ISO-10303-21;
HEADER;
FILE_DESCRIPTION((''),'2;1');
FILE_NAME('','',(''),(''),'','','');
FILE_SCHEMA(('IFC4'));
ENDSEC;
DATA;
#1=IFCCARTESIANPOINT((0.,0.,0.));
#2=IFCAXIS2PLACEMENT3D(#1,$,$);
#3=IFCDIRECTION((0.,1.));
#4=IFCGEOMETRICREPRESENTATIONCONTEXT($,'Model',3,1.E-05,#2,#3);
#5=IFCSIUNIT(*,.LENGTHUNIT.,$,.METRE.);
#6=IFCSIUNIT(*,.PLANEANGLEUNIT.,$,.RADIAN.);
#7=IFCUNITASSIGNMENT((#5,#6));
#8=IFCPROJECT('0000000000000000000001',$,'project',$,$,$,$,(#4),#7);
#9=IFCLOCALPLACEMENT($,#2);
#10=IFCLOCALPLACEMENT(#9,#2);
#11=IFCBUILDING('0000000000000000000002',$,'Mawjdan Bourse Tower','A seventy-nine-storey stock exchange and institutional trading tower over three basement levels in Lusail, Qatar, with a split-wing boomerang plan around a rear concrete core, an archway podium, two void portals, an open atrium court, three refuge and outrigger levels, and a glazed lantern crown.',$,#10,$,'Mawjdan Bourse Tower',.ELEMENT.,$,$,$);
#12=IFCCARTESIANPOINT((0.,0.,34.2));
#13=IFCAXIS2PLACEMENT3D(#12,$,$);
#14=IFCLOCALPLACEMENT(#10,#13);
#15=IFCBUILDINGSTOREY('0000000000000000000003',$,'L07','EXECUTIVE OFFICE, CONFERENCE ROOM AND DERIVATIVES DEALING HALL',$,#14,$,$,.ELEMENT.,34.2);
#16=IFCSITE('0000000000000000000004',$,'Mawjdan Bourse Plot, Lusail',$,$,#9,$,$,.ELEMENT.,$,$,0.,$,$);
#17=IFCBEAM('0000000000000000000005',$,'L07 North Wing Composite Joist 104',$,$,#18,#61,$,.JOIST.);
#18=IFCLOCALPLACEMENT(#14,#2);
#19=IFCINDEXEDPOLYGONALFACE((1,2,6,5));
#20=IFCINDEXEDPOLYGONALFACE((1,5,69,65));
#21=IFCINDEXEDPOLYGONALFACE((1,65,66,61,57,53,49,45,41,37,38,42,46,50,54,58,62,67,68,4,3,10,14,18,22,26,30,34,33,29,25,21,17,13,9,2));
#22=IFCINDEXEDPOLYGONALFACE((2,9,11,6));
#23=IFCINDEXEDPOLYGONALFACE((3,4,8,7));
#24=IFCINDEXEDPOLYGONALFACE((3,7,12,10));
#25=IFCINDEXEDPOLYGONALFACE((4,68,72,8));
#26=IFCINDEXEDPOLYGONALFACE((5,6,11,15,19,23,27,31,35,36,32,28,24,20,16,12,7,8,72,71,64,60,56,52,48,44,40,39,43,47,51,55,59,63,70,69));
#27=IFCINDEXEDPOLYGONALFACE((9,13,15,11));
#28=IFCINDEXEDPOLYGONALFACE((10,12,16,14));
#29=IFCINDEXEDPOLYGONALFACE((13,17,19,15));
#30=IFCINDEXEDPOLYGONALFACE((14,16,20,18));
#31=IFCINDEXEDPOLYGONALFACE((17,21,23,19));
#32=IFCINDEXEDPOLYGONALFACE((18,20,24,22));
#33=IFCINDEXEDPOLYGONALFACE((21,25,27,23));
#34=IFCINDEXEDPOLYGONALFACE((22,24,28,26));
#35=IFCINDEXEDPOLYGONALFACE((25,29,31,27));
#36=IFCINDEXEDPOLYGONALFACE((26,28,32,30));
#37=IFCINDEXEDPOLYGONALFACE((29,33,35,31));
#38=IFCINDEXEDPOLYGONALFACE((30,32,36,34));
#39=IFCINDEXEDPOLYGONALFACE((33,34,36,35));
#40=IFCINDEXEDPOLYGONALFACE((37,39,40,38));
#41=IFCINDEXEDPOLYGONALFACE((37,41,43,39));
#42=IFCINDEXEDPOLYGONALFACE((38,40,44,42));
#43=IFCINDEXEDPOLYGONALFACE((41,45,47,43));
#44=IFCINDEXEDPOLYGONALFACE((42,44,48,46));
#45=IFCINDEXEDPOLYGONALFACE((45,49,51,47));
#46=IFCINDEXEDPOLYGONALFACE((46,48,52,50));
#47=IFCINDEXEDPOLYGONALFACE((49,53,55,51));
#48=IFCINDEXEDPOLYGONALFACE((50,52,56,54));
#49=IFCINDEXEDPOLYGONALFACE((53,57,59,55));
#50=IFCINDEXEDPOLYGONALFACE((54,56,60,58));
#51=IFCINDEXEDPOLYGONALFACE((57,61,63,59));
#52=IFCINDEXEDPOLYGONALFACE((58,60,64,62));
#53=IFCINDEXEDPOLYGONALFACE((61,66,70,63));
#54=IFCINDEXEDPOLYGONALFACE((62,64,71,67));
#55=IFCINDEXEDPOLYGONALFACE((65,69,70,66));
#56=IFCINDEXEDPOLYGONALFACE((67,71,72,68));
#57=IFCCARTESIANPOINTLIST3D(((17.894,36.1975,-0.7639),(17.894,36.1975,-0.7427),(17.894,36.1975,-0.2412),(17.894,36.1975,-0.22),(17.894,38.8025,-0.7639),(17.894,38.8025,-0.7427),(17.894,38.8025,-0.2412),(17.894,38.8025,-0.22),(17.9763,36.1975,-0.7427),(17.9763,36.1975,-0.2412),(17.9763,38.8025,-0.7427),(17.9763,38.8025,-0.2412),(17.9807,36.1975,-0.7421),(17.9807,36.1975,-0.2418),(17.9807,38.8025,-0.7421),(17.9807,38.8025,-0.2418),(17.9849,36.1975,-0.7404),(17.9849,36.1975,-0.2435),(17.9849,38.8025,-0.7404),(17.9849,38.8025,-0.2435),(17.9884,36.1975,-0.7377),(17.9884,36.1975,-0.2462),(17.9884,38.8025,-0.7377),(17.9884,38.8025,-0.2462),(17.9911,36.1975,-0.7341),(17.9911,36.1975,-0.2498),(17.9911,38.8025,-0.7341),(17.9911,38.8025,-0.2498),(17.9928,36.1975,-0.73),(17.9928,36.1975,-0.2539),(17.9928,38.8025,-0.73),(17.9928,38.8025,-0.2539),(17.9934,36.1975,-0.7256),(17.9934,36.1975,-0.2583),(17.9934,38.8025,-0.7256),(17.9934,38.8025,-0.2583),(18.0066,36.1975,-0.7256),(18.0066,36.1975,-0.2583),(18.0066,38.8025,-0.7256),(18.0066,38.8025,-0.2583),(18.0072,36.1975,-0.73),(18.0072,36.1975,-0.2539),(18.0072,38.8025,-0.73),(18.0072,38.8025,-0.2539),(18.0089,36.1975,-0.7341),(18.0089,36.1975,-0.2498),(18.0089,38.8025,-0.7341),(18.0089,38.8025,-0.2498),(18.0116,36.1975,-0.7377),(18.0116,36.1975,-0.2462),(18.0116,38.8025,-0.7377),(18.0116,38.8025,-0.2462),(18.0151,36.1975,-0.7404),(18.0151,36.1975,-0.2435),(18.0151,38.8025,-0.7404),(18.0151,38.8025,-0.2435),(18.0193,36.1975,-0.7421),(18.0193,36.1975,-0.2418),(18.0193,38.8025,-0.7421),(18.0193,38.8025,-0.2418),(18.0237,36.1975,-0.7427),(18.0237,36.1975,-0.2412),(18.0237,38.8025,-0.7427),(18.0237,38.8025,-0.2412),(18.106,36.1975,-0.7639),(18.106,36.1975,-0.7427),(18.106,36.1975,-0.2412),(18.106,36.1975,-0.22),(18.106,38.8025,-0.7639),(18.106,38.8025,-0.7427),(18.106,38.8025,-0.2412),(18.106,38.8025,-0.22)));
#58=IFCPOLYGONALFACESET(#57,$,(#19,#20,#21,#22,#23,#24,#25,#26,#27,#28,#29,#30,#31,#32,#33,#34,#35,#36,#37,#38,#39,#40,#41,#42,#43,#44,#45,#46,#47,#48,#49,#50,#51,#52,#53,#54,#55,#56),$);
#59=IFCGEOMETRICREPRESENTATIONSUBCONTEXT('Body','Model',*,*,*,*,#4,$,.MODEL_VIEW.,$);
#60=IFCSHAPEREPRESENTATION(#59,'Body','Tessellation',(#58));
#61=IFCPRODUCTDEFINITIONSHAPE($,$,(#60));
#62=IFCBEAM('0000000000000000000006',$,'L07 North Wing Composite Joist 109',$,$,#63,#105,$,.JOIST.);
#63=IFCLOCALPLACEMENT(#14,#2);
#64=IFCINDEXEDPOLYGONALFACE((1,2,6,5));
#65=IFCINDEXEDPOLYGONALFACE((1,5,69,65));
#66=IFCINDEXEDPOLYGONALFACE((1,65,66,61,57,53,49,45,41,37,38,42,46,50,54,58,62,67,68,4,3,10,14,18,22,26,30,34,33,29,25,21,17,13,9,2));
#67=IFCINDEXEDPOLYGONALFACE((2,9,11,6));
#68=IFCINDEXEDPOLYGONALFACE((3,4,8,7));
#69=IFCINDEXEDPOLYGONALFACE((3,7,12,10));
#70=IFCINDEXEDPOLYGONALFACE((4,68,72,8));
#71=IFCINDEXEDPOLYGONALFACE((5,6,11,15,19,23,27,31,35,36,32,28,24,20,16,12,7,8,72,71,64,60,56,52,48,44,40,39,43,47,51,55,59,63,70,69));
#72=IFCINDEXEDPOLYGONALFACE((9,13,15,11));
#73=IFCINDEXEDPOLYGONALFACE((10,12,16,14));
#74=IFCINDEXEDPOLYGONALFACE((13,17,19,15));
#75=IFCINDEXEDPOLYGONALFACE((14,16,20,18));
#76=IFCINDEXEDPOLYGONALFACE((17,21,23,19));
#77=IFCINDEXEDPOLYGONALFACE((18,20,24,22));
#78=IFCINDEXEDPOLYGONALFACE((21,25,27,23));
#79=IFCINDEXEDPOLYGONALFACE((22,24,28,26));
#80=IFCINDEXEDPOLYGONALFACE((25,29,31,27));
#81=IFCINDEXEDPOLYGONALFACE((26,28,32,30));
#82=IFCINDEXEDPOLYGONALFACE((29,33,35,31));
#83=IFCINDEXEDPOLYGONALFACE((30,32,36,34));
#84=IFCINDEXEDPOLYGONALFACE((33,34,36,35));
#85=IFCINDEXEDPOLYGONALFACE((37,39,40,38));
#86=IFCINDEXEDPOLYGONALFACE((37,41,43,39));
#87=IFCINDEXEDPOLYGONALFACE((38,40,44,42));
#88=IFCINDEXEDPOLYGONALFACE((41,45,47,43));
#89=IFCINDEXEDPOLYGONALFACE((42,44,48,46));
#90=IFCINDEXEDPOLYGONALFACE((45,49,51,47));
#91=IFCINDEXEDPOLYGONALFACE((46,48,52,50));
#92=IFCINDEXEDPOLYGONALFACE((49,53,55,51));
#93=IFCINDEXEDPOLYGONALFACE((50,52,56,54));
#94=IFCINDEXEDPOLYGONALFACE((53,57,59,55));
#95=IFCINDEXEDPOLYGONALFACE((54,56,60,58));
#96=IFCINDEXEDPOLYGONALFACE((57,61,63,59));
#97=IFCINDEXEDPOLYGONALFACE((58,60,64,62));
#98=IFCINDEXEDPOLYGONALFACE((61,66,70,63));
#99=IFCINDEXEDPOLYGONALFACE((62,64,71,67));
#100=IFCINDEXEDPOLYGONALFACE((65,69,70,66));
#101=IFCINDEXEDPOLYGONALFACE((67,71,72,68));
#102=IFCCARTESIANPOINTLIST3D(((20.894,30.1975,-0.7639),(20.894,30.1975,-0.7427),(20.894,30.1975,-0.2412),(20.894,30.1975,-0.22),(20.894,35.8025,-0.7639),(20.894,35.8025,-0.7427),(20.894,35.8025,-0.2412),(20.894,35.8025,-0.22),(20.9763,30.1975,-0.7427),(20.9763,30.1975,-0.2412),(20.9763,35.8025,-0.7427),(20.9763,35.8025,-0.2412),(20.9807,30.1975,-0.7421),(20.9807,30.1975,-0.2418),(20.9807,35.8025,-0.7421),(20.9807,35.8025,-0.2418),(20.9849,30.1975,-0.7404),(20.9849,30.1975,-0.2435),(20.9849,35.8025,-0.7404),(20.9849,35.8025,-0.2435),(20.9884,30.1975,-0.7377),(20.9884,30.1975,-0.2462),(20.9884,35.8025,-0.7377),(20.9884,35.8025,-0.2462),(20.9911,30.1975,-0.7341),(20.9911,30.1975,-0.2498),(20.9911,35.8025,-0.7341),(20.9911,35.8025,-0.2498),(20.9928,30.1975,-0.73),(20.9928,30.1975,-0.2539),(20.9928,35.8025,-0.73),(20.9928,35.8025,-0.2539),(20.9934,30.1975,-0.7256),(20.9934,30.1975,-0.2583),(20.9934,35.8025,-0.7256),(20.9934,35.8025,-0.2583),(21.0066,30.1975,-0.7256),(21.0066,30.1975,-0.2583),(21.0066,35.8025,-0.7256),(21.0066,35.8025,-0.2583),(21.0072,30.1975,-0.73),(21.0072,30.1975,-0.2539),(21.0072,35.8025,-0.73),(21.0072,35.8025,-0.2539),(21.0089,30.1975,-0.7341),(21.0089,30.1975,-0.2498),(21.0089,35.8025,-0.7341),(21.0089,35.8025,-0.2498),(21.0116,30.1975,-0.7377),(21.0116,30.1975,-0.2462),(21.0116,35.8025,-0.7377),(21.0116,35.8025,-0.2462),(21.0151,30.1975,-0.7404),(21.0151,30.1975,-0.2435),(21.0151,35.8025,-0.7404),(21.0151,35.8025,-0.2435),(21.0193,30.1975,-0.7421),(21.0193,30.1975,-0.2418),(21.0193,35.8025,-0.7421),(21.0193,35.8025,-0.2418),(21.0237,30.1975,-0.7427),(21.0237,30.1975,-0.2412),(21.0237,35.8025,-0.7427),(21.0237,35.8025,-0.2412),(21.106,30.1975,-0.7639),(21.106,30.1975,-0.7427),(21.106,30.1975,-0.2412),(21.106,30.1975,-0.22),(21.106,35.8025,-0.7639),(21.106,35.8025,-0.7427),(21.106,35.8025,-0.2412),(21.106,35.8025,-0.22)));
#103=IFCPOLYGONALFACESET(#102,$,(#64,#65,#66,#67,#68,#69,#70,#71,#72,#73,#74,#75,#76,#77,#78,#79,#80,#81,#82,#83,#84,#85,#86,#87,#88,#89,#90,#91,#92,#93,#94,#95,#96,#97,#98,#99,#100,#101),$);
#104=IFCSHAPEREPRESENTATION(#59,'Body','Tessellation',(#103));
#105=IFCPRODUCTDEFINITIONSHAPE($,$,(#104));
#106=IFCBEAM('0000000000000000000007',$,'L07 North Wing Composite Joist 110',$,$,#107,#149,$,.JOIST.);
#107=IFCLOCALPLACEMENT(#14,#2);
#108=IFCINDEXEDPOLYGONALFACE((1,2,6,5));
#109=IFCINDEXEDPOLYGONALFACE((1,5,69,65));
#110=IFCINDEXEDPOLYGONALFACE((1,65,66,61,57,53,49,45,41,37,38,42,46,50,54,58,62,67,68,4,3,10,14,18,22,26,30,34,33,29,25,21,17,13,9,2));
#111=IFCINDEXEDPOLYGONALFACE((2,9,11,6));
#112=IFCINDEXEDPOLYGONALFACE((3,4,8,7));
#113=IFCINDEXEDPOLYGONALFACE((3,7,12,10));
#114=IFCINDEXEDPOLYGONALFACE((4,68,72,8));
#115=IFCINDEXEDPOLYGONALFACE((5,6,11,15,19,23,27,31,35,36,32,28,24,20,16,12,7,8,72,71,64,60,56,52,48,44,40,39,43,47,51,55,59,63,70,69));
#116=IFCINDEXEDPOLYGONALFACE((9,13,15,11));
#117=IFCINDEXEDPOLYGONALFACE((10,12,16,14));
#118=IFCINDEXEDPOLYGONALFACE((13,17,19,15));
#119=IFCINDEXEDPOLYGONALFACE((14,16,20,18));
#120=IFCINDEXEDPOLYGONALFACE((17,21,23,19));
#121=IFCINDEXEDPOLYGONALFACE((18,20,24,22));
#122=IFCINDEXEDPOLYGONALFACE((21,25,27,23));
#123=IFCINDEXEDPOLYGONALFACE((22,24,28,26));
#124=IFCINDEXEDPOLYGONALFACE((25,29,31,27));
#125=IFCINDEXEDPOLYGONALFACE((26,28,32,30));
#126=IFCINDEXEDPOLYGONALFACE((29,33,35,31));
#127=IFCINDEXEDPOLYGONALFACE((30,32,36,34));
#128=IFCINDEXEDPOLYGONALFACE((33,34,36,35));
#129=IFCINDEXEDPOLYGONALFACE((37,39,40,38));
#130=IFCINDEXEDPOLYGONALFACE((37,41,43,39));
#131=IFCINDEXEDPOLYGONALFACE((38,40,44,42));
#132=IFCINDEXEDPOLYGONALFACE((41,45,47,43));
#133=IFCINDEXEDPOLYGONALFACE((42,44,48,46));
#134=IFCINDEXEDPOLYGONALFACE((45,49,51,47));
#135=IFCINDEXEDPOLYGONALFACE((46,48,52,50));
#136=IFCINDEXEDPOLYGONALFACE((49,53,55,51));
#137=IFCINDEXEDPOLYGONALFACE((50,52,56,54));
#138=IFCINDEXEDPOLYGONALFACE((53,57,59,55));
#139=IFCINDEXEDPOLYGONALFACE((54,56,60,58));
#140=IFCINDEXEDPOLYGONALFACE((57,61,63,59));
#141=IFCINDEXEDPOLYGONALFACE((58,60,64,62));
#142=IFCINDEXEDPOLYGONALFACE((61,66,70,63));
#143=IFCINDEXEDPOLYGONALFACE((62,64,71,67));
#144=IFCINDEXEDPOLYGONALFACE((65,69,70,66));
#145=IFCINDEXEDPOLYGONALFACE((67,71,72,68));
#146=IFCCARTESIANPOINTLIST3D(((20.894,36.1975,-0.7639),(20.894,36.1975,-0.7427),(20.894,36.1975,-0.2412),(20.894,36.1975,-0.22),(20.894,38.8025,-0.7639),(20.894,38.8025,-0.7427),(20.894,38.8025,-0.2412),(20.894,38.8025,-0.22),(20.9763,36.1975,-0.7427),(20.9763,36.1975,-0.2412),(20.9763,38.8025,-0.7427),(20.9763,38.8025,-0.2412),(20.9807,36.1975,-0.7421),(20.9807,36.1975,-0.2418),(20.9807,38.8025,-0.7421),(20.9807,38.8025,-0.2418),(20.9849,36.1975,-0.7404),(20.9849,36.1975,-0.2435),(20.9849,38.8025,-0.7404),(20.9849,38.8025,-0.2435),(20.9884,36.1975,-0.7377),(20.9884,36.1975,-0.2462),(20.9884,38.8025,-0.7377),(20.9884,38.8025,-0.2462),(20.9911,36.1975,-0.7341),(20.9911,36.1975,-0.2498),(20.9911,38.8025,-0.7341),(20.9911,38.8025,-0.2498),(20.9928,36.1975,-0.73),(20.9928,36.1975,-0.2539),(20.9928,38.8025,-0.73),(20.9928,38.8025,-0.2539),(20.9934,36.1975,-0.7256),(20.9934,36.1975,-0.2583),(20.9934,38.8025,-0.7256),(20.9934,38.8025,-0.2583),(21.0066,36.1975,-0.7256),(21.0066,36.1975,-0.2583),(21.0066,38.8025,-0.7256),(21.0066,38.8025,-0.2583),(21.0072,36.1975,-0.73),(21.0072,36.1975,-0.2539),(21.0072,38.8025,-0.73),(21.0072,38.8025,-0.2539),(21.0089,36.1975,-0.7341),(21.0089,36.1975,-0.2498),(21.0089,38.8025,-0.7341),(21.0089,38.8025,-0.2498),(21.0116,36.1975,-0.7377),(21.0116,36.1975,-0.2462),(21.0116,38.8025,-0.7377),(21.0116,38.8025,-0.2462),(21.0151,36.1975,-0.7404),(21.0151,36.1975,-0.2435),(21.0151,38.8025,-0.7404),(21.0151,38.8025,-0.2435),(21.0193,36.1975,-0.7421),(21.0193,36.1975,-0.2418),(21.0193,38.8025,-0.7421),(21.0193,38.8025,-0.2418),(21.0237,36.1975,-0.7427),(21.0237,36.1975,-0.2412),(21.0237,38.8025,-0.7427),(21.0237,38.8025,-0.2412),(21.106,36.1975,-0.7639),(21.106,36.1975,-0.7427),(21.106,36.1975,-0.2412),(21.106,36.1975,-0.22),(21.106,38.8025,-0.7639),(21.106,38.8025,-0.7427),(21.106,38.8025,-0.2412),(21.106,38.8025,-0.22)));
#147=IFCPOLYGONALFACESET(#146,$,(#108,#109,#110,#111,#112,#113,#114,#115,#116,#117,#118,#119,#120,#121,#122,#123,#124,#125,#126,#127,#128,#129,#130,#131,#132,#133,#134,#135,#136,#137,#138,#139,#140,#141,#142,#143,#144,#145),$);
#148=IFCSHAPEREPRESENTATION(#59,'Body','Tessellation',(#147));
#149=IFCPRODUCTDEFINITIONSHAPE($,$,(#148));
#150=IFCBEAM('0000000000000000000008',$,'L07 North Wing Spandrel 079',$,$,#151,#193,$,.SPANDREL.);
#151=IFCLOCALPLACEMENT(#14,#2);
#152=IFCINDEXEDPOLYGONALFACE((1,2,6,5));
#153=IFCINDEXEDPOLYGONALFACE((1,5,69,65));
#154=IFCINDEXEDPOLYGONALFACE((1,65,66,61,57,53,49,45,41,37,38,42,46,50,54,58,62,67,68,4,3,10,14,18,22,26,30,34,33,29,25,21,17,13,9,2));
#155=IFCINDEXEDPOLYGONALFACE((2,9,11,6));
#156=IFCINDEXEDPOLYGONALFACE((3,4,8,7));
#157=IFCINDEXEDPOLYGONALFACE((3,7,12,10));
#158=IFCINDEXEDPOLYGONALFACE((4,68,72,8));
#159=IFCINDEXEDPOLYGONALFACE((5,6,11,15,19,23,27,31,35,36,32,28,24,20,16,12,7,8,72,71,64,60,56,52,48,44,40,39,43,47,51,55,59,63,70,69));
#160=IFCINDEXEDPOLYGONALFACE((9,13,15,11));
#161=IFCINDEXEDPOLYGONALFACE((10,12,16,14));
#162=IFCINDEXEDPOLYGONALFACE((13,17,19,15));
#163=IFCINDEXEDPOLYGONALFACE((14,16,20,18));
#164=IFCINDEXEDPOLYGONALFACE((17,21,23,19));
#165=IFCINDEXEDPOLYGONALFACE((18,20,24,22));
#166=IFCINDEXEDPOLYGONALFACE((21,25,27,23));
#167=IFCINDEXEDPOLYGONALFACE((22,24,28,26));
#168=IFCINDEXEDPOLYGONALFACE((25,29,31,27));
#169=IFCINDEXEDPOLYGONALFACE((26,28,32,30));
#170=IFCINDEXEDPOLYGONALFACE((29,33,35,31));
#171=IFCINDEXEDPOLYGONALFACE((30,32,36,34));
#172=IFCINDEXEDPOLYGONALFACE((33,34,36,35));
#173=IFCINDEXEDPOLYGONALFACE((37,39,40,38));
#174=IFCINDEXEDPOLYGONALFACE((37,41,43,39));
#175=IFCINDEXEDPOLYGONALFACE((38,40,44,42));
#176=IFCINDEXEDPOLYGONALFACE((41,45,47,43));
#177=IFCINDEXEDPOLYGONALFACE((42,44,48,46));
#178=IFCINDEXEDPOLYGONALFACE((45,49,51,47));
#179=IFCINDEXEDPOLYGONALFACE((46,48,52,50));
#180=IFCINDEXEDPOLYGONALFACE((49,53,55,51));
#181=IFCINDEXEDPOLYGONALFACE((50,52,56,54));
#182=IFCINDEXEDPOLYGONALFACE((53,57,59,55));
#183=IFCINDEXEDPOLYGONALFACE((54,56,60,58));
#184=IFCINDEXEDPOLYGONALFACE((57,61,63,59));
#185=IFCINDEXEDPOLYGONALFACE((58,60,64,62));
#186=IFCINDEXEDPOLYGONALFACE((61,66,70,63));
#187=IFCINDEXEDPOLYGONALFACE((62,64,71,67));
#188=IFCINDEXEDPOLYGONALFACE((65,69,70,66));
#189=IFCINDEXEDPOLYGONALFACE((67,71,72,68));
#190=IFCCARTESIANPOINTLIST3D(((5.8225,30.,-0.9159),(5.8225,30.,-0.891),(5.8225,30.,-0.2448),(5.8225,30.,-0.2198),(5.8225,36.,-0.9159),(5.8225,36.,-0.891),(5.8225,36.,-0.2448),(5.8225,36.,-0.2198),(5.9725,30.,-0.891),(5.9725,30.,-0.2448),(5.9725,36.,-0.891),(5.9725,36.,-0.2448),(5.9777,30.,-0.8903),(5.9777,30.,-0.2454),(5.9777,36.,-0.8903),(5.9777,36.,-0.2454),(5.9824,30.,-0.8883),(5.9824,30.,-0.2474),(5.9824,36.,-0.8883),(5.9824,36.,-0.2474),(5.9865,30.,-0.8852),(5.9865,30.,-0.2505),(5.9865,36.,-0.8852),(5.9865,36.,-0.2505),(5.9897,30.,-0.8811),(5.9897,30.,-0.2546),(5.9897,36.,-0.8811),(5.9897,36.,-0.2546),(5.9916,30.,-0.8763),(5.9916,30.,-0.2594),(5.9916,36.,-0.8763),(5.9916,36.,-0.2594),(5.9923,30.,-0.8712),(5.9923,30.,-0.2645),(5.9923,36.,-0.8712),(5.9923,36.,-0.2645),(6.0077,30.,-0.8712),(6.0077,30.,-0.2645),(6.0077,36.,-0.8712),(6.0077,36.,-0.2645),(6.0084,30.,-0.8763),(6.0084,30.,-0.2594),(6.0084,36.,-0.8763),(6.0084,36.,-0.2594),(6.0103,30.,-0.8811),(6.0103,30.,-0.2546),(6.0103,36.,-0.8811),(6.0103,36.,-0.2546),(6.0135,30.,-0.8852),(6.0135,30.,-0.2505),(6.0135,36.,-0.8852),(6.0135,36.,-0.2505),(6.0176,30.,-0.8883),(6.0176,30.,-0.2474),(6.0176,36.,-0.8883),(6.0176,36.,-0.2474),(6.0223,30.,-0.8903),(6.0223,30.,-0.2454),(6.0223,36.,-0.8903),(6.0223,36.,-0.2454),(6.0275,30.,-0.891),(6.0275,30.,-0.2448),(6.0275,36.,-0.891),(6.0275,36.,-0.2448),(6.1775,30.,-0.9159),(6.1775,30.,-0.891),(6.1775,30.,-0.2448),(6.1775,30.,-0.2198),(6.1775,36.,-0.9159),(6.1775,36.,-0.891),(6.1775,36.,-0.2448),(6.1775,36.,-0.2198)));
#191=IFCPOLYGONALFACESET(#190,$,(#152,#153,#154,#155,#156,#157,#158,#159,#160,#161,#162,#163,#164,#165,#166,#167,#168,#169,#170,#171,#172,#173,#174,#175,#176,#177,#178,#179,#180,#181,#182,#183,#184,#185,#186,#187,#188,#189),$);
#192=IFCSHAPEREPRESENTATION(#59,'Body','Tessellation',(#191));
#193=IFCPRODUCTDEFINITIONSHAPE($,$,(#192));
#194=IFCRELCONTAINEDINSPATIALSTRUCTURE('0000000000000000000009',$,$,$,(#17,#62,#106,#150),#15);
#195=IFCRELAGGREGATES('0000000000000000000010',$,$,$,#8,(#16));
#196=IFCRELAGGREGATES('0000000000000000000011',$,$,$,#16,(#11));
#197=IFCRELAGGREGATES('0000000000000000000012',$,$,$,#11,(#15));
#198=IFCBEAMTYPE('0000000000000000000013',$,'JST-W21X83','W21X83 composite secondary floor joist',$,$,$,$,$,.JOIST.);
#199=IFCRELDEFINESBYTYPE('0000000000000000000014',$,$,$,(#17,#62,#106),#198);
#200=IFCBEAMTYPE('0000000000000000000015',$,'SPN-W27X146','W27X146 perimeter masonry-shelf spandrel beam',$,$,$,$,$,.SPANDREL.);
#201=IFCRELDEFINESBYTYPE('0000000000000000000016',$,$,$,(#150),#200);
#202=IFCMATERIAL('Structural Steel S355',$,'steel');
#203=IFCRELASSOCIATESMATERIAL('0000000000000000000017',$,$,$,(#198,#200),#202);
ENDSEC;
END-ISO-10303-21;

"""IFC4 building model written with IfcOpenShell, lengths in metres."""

from ifc_helpers import new_model, si_unit, direction, frame, origin, origin_2d, place, context, subcontext, project, spatial, i_section, extrude, material, material_profile, profile_set, type_object, element, save


model = new_model("IFC4")

# Units and contexts
model_context = context("Model", 3, precision=1e-05, world=origin(), true_north=direction((0.0, 1.0)))
body_context = subcontext(model_context, "Body", "Model", "MODEL_VIEW")
ifc_project = project(units=[si_unit("LENGTHUNIT", "METRE"), si_unit("PLANEANGLEUNIT", "RADIAN")], contexts=[model_context])

# Site, building, storey
site_placement = place(None, origin())
site = spatial("IfcSite", under=ifc_project, at=site_placement, Name="Mawjdan Bourse Plot, Lusail", CompositionType="ELEMENT", RefElevation=0.0)
building_placement = place(site_placement, origin())
building = spatial("IfcBuilding", under=site, at=building_placement, Name="Mawjdan Bourse Tower", Description="A seventy-nine-storey stock exchange and institutional trading tower over three basement levels in Lusail, Qatar, with a split-wing boomerang plan around a rear concrete core, an archway podium, two void portals, an open atrium court, three refuge and outrigger levels, and a glazed lantern crown.", LongName="Mawjdan Bourse Tower", CompositionType="ELEMENT")
storey_placement = place(building_placement, frame((0.0, 0.0, 34.2)))
storey = spatial("IfcBuildingStorey", under=building, at=storey_placement, Name="L07", Description="EXECUTIVE OFFICE, CONFERENCE ROOM AND DERIVATIVES DEALING HALL", CompositionType="ELEMENT", Elevation=34.2)

# Beams
ifc_material_1 = material(Name="Structural Steel S355", Category="steel")
ifc_material_profile_1 = material_profile(ifc_material_1, i_section(OverallWidth=0.2119, OverallDepth=0.5439, WebThickness=0.0132, FlangeThickness=0.0212, FilletRadius=0.0171, at=origin_2d()), Name="W21X83")
ifc_profile_set_1 = profile_set([ifc_material_profile_1], Name="Structural Steel S355")
beam_type_1 = type_object("IfcBeamType", Name="JST-W21X83", Description="W21X83 composite secondary floor joist", PredefinedType="JOIST", material=ifc_profile_set_1)
beam_1_placement = place(storey_placement, frame((18.0, 36.1975, -0.4919), z_axis=(0.0, 1.0, 0.0), x_axis=(-1.0, 0.0, 0.0)))
element("IfcBeam", 1, at=beam_1_placement, inside=storey, type_object=beam_type_1, Name="L07 North Wing Composite Joist 104", PredefinedType="JOIST", context=body_context, shape_type="SweptSolid", body=[
    extrude(i_section(OverallWidth=0.2119, OverallDepth=0.5439, WebThickness=0.0132, FlangeThickness=0.0212, FilletRadius=0.0171, at=origin_2d()), origin(), (0.0, 0.0, 1.0), 2.605),
])
beam_2_placement = place(storey_placement, frame((21.0, 30.1975, -0.4919), z_axis=(0.0, 1.0, 0.0), x_axis=(-1.0, 0.0, 0.0)))
element("IfcBeam", 2, at=beam_2_placement, inside=storey, type_object=beam_type_1, Name="L07 North Wing Composite Joist 109", PredefinedType="JOIST", context=body_context, shape_type="SweptSolid", body=[
    extrude(i_section(OverallWidth=0.2119, OverallDepth=0.5439, WebThickness=0.0132, FlangeThickness=0.0212, FilletRadius=0.0171, at=origin_2d()), origin(), (0.0, 0.0, 1.0), 5.605),
])
beam_3_placement = place(storey_placement, frame((21.0, 36.1975, -0.4919), z_axis=(0.0, 1.0, 0.0), x_axis=(-1.0, 0.0, 0.0)))
element("IfcBeam", 3, at=beam_3_placement, inside=storey, type_object=beam_type_1, Name="L07 North Wing Composite Joist 110", PredefinedType="JOIST", context=body_context, shape_type="SweptSolid", body=[
    extrude(i_section(OverallWidth=0.2119, OverallDepth=0.5439, WebThickness=0.0132, FlangeThickness=0.0212, FilletRadius=0.0171, at=origin_2d()), origin(), (0.0, 0.0, 1.0), 2.605),
])
ifc_material_profile_2 = material_profile(ifc_material_1, i_section(OverallWidth=0.355, OverallDepth=0.696, WebThickness=0.0154, FlangeThickness=0.0249, FilletRadius=0.0198, at=origin_2d()), Name="W27X146")
ifc_profile_set_2 = profile_set([ifc_material_profile_2], Name="Structural Steel S355")
beam_type_2 = type_object("IfcBeamType", Name="SPN-W27X146", Description="W27X146 perimeter masonry-shelf spandrel beam", PredefinedType="SPANDREL", material=ifc_profile_set_2)
beam_4_placement = place(storey_placement, frame((6.0, 30.0, -0.5679), z_axis=(0.0, 1.0, 0.0), x_axis=(-1.0, 0.0, 0.0)))
element("IfcBeam", 4, at=beam_4_placement, inside=storey, type_object=beam_type_2, Name="L07 North Wing Spandrel 079", PredefinedType="SPANDREL", context=body_context, shape_type="SweptSolid", body=[
    extrude(i_section(OverallWidth=0.355, OverallDepth=0.696, WebThickness=0.0154, FlangeThickness=0.0249, FilletRadius=0.0198, at=origin_2d()), origin(), (0.0, 0.0, 1.0), 6.0),
])

save(model, "model.ifc")
